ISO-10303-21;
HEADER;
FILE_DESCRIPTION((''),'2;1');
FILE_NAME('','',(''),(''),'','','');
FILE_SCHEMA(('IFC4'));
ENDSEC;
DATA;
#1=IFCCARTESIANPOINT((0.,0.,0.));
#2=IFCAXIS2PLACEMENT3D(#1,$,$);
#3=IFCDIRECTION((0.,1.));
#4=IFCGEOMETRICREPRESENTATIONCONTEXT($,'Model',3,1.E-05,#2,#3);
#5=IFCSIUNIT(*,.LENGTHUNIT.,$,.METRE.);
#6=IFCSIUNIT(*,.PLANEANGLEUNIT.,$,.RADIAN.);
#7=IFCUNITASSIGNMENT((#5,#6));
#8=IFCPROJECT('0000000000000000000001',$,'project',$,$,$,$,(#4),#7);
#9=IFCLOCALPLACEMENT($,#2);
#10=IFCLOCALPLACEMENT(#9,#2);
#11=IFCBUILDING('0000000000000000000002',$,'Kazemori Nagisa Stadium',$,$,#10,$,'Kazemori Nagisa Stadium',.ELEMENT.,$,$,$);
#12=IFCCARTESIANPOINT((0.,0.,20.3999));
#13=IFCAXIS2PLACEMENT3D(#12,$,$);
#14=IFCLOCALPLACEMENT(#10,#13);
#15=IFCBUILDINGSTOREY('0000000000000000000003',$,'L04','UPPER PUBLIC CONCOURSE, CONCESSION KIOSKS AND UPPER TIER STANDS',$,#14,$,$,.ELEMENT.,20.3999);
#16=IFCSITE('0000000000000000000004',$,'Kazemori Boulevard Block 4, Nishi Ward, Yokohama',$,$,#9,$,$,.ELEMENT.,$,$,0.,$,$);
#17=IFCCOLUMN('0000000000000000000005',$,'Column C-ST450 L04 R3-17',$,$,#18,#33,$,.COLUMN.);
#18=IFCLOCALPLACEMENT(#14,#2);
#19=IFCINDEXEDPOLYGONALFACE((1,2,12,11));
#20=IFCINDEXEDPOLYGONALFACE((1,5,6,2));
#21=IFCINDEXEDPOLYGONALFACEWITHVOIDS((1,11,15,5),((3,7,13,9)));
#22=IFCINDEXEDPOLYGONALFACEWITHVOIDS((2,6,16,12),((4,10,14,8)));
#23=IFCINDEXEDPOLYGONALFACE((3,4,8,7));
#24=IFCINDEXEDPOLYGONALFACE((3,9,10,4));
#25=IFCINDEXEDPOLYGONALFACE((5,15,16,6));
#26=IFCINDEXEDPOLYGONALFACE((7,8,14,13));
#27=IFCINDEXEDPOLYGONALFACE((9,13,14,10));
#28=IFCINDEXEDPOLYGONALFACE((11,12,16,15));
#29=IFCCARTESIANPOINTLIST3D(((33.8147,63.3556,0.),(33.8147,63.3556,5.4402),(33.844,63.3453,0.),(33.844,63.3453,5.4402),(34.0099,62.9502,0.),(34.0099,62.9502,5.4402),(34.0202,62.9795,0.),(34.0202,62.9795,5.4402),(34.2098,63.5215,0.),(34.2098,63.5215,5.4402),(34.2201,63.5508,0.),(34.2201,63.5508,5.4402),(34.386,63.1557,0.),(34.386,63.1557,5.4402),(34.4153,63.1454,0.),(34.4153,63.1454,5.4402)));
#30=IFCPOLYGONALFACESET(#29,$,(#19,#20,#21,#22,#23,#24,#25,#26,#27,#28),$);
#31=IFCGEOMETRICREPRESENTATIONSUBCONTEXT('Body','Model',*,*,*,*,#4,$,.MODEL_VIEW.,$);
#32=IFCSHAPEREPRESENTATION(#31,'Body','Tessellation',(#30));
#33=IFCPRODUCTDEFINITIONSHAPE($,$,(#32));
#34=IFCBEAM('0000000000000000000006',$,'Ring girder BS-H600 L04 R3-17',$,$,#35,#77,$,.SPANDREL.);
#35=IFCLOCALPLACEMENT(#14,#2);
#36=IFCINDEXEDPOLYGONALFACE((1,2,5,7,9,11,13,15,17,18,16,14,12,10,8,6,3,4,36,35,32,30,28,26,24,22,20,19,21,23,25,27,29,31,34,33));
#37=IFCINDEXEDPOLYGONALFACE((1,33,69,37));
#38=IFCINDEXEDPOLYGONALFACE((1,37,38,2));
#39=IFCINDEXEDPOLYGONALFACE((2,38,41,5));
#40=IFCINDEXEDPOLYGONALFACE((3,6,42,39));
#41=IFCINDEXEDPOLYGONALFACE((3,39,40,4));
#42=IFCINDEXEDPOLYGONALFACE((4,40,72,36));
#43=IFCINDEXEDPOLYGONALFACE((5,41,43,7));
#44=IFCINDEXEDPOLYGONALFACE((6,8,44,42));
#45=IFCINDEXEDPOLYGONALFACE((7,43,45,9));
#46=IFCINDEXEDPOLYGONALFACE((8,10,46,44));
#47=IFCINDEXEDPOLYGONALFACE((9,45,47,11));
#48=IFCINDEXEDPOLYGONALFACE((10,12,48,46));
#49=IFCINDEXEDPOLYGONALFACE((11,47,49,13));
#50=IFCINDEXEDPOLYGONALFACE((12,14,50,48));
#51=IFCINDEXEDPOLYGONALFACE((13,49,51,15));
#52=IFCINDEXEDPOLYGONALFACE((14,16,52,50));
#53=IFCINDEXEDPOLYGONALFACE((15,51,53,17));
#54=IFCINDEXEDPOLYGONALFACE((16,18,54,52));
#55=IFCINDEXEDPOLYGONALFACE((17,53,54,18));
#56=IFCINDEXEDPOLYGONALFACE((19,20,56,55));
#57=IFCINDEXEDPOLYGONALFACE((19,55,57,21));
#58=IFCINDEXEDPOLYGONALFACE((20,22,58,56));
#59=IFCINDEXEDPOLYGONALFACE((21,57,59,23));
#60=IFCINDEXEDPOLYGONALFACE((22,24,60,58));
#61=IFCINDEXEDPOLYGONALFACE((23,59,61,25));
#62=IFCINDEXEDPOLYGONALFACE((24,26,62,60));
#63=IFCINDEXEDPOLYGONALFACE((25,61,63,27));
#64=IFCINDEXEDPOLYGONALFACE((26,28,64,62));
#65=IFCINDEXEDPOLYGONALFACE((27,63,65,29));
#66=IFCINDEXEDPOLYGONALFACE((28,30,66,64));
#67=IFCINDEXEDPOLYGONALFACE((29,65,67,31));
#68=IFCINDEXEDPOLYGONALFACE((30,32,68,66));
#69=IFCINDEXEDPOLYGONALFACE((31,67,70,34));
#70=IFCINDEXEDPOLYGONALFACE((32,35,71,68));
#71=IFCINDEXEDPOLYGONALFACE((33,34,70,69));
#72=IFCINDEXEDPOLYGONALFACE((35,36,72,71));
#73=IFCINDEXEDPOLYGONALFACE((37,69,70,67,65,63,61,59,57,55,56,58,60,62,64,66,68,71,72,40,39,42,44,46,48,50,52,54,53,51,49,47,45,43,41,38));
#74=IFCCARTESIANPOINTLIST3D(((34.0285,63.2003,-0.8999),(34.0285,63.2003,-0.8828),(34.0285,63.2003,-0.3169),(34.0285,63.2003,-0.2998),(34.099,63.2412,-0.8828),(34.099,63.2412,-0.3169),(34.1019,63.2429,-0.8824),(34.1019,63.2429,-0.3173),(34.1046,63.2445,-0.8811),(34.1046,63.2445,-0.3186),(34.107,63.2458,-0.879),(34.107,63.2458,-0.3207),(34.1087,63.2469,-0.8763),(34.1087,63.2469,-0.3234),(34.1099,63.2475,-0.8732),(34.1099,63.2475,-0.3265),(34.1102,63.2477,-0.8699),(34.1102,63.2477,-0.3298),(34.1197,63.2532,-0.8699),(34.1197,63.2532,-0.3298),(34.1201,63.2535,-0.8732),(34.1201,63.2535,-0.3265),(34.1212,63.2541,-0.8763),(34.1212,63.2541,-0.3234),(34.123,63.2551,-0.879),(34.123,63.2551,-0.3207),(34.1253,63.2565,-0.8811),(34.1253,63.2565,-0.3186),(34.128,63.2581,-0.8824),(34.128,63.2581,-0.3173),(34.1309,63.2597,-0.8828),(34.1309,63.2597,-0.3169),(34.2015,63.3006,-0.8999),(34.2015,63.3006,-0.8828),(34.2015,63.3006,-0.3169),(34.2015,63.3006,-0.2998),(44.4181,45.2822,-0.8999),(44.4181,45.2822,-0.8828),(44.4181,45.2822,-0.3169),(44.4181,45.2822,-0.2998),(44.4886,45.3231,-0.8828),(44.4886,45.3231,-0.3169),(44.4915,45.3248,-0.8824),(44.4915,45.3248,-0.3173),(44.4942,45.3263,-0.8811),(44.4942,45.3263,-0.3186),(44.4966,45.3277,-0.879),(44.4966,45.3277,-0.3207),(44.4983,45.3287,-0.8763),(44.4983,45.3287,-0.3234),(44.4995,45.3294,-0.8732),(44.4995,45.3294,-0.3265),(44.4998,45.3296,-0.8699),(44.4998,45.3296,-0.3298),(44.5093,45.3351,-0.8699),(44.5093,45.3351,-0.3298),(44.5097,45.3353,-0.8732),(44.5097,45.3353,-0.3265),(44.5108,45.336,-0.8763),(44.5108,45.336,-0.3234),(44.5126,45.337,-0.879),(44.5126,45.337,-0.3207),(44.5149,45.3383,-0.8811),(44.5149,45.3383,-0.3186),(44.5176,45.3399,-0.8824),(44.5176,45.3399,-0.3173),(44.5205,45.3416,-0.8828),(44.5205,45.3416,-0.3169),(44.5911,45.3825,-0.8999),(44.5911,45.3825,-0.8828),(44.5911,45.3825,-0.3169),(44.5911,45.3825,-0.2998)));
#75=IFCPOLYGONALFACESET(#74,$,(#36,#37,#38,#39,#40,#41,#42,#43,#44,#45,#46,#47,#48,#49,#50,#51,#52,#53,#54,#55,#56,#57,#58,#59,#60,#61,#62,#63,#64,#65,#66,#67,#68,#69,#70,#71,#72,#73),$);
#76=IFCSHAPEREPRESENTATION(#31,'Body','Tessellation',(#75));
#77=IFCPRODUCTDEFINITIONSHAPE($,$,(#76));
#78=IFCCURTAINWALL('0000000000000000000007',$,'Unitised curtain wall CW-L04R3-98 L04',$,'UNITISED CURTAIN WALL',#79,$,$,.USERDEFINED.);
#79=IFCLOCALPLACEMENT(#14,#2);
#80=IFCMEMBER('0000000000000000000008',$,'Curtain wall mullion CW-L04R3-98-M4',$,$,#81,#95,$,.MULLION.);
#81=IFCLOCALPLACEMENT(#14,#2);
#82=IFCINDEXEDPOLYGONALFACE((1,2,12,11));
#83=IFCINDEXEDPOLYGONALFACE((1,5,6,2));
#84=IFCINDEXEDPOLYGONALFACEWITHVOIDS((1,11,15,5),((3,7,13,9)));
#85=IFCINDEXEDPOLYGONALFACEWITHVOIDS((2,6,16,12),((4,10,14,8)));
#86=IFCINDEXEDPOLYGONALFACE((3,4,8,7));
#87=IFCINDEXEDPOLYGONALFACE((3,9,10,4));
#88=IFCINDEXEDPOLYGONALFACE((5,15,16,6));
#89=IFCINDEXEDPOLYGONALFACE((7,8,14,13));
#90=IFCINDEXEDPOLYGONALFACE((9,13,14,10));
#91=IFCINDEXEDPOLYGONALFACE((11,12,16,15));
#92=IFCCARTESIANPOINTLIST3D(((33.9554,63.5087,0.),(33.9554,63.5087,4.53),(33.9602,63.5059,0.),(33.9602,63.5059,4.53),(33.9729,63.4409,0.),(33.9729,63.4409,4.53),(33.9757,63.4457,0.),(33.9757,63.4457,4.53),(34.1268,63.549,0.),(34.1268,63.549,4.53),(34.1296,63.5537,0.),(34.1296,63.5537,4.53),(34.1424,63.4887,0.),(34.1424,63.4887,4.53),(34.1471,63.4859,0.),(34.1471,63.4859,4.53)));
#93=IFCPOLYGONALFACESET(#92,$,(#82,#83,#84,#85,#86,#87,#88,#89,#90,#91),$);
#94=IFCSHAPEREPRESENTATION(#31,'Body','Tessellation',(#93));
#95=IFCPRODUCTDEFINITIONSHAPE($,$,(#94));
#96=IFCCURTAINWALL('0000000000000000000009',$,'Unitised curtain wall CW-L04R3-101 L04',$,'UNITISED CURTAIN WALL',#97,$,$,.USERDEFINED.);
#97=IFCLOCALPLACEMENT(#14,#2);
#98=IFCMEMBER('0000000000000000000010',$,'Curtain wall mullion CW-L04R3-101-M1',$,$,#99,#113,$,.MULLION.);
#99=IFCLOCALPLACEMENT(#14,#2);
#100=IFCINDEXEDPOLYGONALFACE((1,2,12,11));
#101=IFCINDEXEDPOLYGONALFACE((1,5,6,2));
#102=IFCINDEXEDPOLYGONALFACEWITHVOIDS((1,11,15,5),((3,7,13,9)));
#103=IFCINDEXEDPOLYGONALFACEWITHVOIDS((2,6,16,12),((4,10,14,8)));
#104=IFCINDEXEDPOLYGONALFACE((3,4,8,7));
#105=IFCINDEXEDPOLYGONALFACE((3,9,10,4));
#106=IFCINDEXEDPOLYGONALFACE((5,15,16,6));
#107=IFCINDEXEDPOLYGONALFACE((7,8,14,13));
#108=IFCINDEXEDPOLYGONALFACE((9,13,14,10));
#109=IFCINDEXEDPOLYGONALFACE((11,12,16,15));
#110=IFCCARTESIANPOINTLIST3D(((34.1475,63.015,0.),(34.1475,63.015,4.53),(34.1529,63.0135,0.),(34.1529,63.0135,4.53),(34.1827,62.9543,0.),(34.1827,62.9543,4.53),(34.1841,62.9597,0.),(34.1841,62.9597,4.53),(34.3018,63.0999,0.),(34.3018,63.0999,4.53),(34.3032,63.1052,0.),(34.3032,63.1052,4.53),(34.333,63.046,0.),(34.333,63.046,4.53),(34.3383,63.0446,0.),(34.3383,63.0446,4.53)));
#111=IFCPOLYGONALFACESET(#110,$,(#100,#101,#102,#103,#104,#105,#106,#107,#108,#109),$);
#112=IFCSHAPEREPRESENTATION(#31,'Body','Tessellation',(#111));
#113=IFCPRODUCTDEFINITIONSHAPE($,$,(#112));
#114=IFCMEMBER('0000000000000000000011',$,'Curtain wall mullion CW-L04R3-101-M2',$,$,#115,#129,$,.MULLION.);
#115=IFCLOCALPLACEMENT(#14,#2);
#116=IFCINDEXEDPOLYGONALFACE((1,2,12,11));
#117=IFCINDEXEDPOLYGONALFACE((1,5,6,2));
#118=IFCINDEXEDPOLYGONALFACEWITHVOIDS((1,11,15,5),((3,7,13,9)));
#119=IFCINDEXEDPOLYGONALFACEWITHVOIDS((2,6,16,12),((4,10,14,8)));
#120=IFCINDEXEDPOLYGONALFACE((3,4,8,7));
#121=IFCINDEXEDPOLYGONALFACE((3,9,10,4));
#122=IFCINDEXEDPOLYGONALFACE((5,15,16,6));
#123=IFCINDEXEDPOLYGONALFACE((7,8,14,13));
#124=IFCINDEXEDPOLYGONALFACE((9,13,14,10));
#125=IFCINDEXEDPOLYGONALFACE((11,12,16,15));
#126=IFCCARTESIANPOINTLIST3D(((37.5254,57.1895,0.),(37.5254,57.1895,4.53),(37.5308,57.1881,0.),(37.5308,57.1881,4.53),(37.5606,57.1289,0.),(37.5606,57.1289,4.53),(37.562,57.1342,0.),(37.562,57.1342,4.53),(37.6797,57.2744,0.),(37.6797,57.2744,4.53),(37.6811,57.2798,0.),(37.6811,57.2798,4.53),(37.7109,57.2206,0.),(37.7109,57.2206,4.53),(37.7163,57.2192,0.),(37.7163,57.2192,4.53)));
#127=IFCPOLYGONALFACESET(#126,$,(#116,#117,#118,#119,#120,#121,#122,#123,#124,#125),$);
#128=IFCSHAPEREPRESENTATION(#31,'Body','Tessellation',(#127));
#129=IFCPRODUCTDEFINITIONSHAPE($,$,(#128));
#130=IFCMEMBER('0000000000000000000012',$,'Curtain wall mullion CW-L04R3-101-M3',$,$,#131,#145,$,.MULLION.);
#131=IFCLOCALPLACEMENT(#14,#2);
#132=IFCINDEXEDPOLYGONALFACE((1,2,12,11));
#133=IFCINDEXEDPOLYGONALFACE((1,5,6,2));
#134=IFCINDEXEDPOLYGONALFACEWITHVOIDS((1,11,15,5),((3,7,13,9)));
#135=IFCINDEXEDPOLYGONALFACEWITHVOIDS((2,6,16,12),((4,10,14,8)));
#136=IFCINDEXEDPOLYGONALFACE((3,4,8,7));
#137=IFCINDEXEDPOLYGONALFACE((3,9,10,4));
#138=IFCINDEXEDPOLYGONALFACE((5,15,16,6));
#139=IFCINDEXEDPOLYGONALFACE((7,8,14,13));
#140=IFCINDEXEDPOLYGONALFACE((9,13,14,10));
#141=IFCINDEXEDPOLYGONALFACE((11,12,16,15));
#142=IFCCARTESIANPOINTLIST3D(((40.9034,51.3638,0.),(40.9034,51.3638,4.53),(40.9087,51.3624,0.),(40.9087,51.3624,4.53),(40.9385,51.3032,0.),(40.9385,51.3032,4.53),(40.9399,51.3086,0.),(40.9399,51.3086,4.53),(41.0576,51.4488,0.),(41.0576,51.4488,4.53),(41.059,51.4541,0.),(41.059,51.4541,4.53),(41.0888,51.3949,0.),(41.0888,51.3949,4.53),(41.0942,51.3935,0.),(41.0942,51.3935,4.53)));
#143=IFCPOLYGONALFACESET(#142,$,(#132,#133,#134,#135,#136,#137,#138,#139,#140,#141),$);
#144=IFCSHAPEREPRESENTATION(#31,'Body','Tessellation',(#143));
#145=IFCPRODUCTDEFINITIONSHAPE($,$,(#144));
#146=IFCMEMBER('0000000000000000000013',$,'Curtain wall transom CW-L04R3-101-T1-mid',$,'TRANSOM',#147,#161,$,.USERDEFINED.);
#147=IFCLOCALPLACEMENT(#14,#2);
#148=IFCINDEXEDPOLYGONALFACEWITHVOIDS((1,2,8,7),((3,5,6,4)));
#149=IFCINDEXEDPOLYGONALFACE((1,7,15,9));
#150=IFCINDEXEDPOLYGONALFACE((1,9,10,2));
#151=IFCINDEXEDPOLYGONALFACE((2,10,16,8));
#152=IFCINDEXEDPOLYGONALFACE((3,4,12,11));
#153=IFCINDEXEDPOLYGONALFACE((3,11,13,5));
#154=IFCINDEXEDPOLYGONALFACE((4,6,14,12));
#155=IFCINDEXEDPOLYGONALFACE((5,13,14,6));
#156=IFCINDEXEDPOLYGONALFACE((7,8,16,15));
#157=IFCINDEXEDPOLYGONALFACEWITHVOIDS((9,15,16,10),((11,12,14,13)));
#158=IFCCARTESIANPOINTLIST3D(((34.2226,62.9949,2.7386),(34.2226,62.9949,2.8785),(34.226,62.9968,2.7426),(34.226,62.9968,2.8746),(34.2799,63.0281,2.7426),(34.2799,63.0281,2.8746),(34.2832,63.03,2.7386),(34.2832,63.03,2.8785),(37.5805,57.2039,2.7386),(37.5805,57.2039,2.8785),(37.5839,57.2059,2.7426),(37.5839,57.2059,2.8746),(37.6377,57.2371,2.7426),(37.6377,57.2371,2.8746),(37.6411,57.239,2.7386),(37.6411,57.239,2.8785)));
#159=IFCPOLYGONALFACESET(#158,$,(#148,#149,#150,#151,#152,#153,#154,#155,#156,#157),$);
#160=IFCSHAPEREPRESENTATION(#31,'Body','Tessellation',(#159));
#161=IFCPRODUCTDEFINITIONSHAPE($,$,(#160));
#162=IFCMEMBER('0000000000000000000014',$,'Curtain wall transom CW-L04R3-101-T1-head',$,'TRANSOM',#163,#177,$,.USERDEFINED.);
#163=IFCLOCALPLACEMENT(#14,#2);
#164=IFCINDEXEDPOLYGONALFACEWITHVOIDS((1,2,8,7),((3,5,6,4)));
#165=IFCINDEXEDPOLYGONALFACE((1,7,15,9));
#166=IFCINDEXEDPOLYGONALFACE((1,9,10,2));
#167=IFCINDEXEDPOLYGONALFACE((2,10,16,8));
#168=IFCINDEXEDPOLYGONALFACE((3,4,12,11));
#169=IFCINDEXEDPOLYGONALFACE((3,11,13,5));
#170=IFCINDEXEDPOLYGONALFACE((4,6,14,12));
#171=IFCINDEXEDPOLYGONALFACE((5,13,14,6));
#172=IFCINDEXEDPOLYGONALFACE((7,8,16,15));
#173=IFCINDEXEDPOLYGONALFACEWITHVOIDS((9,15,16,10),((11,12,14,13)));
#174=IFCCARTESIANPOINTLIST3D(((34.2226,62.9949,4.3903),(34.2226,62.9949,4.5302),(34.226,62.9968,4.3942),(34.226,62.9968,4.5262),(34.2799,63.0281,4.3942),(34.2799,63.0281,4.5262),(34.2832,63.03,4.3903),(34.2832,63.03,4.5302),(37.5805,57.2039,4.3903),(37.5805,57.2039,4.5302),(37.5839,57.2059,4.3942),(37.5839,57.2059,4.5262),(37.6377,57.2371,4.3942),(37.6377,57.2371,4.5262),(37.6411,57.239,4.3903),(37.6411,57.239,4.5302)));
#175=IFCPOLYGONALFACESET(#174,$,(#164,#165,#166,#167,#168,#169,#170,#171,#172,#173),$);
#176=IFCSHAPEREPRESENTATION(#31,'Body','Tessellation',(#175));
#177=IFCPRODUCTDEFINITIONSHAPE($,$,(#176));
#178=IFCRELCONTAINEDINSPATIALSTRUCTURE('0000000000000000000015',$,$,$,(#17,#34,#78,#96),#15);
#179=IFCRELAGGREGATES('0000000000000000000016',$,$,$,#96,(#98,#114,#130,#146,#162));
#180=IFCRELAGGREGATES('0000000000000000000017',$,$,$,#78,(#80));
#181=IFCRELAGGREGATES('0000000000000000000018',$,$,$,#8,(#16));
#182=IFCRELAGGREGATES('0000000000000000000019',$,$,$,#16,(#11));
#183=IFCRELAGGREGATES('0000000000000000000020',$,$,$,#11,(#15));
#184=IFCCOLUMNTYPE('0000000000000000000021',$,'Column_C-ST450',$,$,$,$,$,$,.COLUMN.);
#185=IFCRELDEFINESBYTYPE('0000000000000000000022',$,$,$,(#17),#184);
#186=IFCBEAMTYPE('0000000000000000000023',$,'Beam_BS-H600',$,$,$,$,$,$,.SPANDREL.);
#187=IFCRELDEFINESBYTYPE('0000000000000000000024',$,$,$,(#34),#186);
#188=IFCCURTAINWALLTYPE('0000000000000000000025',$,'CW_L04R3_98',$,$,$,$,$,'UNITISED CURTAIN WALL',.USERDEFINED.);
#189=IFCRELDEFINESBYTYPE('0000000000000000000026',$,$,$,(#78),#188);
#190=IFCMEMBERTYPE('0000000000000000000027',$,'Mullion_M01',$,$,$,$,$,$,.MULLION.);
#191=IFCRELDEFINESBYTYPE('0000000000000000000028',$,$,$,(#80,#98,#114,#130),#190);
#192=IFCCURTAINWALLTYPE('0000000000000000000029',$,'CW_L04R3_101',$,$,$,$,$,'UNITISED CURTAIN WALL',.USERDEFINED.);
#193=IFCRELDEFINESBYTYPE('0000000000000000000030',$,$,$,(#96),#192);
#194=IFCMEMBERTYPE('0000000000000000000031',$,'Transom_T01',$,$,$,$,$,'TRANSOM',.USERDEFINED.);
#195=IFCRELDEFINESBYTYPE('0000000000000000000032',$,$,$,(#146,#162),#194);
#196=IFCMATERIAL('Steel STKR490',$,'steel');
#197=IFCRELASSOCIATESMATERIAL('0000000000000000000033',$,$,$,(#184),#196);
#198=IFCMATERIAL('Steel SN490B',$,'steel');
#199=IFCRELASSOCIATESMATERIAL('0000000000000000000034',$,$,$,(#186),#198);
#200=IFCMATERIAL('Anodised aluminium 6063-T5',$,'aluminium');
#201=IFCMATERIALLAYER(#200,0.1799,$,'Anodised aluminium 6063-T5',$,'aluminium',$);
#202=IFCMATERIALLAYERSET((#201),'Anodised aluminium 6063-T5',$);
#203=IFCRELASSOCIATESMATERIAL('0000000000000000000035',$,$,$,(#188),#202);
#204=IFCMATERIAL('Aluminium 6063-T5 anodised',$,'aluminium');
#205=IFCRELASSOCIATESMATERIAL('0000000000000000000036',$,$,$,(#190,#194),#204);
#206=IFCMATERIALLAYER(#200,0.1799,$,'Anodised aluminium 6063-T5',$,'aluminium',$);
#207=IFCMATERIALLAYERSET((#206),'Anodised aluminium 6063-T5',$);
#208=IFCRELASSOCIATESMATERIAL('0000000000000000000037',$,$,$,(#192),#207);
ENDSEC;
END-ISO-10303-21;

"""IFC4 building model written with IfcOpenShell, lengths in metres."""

from ifc_helpers import new_model, si_unit, direction, frame, origin, origin_2d, place, context, subcontext, project, spatial, hollow_rectangle, i_section, extrude, material, layer, layer_set, material_profile, profile_set, type_object, element, aggregate, save


model = new_model("IFC4")

# Units and contexts
model_context = context("Model", 3, precision=1e-05, world=origin(), true_north=direction((0.0, 1.0)))
body_context = subcontext(model_context, "Body", "Model", "MODEL_VIEW")
ifc_project = project(units=[si_unit("LENGTHUNIT", "METRE"), si_unit("PLANEANGLEUNIT", "RADIAN")], contexts=[model_context])

# Site, building, storey
site_placement = place(None, origin())
site = spatial("IfcSite", under=ifc_project, at=site_placement, Name="Kazemori Boulevard Block 4, Nishi Ward, Yokohama", CompositionType="ELEMENT", RefElevation=0.0)
building_placement = place(site_placement, origin())
building = spatial("IfcBuilding", under=site, at=building_placement, Name="Kazemori Nagisa Stadium", LongName="Kazemori Nagisa Stadium", CompositionType="ELEMENT")
storey_placement = place(building_placement, frame((0.0, 0.0, 20.3999)))
storey = spatial("IfcBuildingStorey", under=building, at=storey_placement, Name="L04", Description="UPPER PUBLIC CONCOURSE, CONCESSION KIOSKS AND UPPER TIER STANDS", CompositionType="ELEMENT", Elevation=20.3999)

# Column
ifc_material_1 = material(Name="Steel STKR490", Category="steel")
ifc_material_profile_1 = material_profile(ifc_material_1, hollow_rectangle(XDim=0.45, YDim=0.45, WallThickness=0.022, at=origin_2d()), Name="SHS-450x450x22")
ifc_profile_set_1 = profile_set([ifc_material_profile_1], Name="Steel STKR490")
column_type = type_object("IfcColumnType", Name="Column_C-ST450", PredefinedType="COLUMN", material=ifc_profile_set_1)
column_placement = place(storey_placement, frame((34.115, 63.2505, 0.0), z_axis=(0.0, 0.0, 1.0), x_axis=(-0.900969, -0.433884, 0.0)))
element("IfcColumn", 1, at=column_placement, inside=storey, type_object=column_type, Name="Column C-ST450 L04 R3-17", PredefinedType="COLUMN", context=body_context, shape_type="SweptSolid", body=[
    extrude(hollow_rectangle(XDim=0.45, YDim=0.45, WallThickness=0.022, at=origin_2d()), origin(), (0.0, 0.0, 1.0), 5.4402),
])

# Beam
ifc_material_2 = material(Name="Steel SN490B", Category="steel")
ifc_material_profile_2 = material_profile(ifc_material_2, i_section(OverallWidth=0.2, OverallDepth=0.6001, WebThickness=0.011, FlangeThickness=0.0171, FilletRadius=0.0129, at=origin_2d()), Name="H-600x200x11x17")
ifc_profile_set_2 = profile_set([ifc_material_profile_2], Name="Steel SN490B")
beam_type = type_object("IfcBeamType", Name="Beam_BS-H600", PredefinedType="SPANDREL", material=ifc_profile_set_2)
beam_placement = place(storey_placement, frame((34.115, 63.2505, -0.5999), z_axis=(0.501613, -0.865092, 0.0), x_axis=(0.865092, 0.501613, 0.0)))
element("IfcBeam", 2, at=beam_placement, inside=storey, type_object=beam_type, Name="Ring girder BS-H600 L04 R3-17", PredefinedType="SPANDREL", context=body_context, shape_type="SweptSolid", body=[
    extrude(i_section(OverallWidth=0.2, OverallDepth=0.6001, WebThickness=0.011, FlangeThickness=0.0171, FilletRadius=0.0129, at=origin_2d()), origin(), (0.0, 0.0, 1.0), 20.7124),
])

# Curtain wall, member
ifc_material_3 = material(Name="Anodised aluminium 6063-T5", Category="aluminium")
ifc_layer_1 = layer(ifc_material_3, 0.1799, Name="Anodised aluminium 6063-T5", Category="aluminium")
ifc_layer_set_1 = layer_set([ifc_layer_1], Name="Anodised aluminium 6063-T5")
curtain_wall_type_1 = type_object("IfcCurtainWallType", Name="CW_L04R3_98", ElementType="UNITISED CURTAIN WALL", PredefinedType="USERDEFINED", material=ifc_layer_set_1)
curtain_wall_1_placement = place(storey_placement, origin())
curtain_wall_1 = element("IfcCurtainWall", 3, at=curtain_wall_1_placement, inside=storey, type_object=curtain_wall_type_1, Name="Unitised curtain wall CW-L04R3-98 L04", ObjectType="UNITISED CURTAIN WALL", PredefinedType="USERDEFINED")
ifc_material_4 = material(Name="Aluminium 6063-T5 anodised", Category="aluminium")
ifc_material_profile_3 = material_profile(ifc_material_4, hollow_rectangle(XDim=0.0701, YDim=0.1799, WallThickness=0.0039, at=origin_2d()), Name="ALU-MULL-70x180x4")
ifc_profile_set_3 = profile_set([ifc_material_profile_3], Name="Aluminium 6063-T5 anodised")
member_type_1 = type_object("IfcMemberType", Name="Mullion_M01", PredefinedType="MULLION", material=ifc_profile_set_3)
member_1_placement = place(storey_placement, frame((34.0513, 63.4973, 0.0), z_axis=(0.0, 0.0, 1.0), x_axis=(0.249965, -0.968255, 0.0)))
member_1 = element("IfcMember", 4, at=member_1_placement, type_object=member_type_1, Name="Curtain wall mullion CW-L04R3-98-M4", PredefinedType="MULLION", context=body_context, shape_type="SweptSolid", body=[
    extrude(hollow_rectangle(XDim=0.0701, YDim=0.1799, WallThickness=0.0039, at=origin_2d()), origin(), (0.0, 0.0, 1.0), 4.53),
])

# Curtain wall, members
ifc_layer_2 = layer(ifc_material_3, 0.1799, Name="Anodised aluminium 6063-T5", Category="aluminium")
ifc_layer_set_2 = layer_set([ifc_layer_2], Name="Anodised aluminium 6063-T5")
curtain_wall_type_2 = type_object("IfcCurtainWallType", Name="CW_L04R3_101", ElementType="UNITISED CURTAIN WALL", PredefinedType="USERDEFINED", material=ifc_layer_set_2)
curtain_wall_2_placement = place(storey_placement, origin())
curtain_wall_2 = element("IfcCurtainWall", 5, at=curtain_wall_2_placement, inside=storey, type_object=curtain_wall_type_2, Name="Unitised curtain wall CW-L04R3-101 L04", ObjectType="UNITISED CURTAIN WALL", PredefinedType="USERDEFINED")
member_2_placement = place(storey_placement, frame((34.2429, 63.0298, 0.0), z_axis=(0.0, 0.0, 1.0), x_axis=(0.501612, -0.865093, 0.0)))
member_2 = element("IfcMember", 6, at=member_2_placement, type_object=member_type_1, Name="Curtain wall mullion CW-L04R3-101-M1", PredefinedType="MULLION", context=body_context, shape_type="SweptSolid", body=[
    extrude(hollow_rectangle(XDim=0.0701, YDim=0.1799, WallThickness=0.0039, at=origin_2d()), origin(), (0.0, 0.0, 1.0), 4.53),
])
member_3_placement = place(storey_placement, frame((37.6208, 57.2043, 0.0), z_axis=(0.0, 0.0, 1.0), x_axis=(0.501612, -0.865093, 0.0)))
member_3 = element("IfcMember", 7, at=member_3_placement, type_object=member_type_1, Name="Curtain wall mullion CW-L04R3-101-M2", PredefinedType="MULLION", context=body_context, shape_type="SweptSolid", body=[
    extrude(hollow_rectangle(XDim=0.0701, YDim=0.1799, WallThickness=0.0039, at=origin_2d()), origin(), (0.0, 0.0, 1.0), 4.53),
])
member_4_placement = place(storey_placement, frame((40.9988, 51.3787, 0.0), z_axis=(0.0, 0.0, 1.0), x_axis=(0.501612, -0.865093, 0.0)))
member_4 = element("IfcMember", 8, at=member_4_placement, type_object=member_type_1, Name="Curtain wall mullion CW-L04R3-101-M3", PredefinedType="MULLION", context=body_context, shape_type="SweptSolid", body=[
    extrude(hollow_rectangle(XDim=0.0701, YDim=0.1799, WallThickness=0.0039, at=origin_2d()), origin(), (0.0, 0.0, 1.0), 4.53),
])
ifc_material_profile_4 = material_profile(ifc_material_4, hollow_rectangle(XDim=0.0701, YDim=0.1399, WallThickness=0.0039, at=origin_2d()), Name="ALU-TRAN-70x140x4")
ifc_profile_set_4 = profile_set([ifc_material_profile_4], Name="Aluminium 6063-T5 anodised")
member_type_2 = type_object("IfcMemberType", Name="Transom_T01", ElementType="TRANSOM", PredefinedType="USERDEFINED", material=ifc_profile_set_4)
member_5_placement = place(storey_placement, frame((34.2529, 63.0125, 2.8086), z_axis=(0.50162, -0.865088, 0.0), x_axis=(0.865088, 0.50162, 0.0)))
member_5 = element("IfcMember", 9, at=member_5_placement, type_object=member_type_2, Name="Curtain wall transom CW-L04R3-101-T1-mid", ObjectType="TRANSOM", PredefinedType="USERDEFINED", context=body_context, shape_type="SweptSolid", body=[
    extrude(hollow_rectangle(XDim=0.0701, YDim=0.1399, WallThickness=0.0039, at=origin_2d()), origin(), (0.0, 0.0, 1.0), 6.6941),
])
member_6_placement = place(storey_placement, frame((34.2529, 63.0125, 4.4602), z_axis=(0.50162, -0.865088, 0.0), x_axis=(0.865088, 0.50162, 0.0)))
member_6 = element("IfcMember", 10, at=member_6_placement, type_object=member_type_2, Name="Curtain wall transom CW-L04R3-101-T1-head", ObjectType="TRANSOM", PredefinedType="USERDEFINED", context=body_context, shape_type="SweptSolid", body=[
    extrude(hollow_rectangle(XDim=0.0701, YDim=0.1399, WallThickness=0.0039, at=origin_2d()), origin(), (0.0, 0.0, 1.0), 6.6941),
])

aggregate(curtain_wall_2, [member_2, member_3, member_4, member_5, member_6])
aggregate(curtain_wall_1, [member_1])

save(model, "model.ifc")
